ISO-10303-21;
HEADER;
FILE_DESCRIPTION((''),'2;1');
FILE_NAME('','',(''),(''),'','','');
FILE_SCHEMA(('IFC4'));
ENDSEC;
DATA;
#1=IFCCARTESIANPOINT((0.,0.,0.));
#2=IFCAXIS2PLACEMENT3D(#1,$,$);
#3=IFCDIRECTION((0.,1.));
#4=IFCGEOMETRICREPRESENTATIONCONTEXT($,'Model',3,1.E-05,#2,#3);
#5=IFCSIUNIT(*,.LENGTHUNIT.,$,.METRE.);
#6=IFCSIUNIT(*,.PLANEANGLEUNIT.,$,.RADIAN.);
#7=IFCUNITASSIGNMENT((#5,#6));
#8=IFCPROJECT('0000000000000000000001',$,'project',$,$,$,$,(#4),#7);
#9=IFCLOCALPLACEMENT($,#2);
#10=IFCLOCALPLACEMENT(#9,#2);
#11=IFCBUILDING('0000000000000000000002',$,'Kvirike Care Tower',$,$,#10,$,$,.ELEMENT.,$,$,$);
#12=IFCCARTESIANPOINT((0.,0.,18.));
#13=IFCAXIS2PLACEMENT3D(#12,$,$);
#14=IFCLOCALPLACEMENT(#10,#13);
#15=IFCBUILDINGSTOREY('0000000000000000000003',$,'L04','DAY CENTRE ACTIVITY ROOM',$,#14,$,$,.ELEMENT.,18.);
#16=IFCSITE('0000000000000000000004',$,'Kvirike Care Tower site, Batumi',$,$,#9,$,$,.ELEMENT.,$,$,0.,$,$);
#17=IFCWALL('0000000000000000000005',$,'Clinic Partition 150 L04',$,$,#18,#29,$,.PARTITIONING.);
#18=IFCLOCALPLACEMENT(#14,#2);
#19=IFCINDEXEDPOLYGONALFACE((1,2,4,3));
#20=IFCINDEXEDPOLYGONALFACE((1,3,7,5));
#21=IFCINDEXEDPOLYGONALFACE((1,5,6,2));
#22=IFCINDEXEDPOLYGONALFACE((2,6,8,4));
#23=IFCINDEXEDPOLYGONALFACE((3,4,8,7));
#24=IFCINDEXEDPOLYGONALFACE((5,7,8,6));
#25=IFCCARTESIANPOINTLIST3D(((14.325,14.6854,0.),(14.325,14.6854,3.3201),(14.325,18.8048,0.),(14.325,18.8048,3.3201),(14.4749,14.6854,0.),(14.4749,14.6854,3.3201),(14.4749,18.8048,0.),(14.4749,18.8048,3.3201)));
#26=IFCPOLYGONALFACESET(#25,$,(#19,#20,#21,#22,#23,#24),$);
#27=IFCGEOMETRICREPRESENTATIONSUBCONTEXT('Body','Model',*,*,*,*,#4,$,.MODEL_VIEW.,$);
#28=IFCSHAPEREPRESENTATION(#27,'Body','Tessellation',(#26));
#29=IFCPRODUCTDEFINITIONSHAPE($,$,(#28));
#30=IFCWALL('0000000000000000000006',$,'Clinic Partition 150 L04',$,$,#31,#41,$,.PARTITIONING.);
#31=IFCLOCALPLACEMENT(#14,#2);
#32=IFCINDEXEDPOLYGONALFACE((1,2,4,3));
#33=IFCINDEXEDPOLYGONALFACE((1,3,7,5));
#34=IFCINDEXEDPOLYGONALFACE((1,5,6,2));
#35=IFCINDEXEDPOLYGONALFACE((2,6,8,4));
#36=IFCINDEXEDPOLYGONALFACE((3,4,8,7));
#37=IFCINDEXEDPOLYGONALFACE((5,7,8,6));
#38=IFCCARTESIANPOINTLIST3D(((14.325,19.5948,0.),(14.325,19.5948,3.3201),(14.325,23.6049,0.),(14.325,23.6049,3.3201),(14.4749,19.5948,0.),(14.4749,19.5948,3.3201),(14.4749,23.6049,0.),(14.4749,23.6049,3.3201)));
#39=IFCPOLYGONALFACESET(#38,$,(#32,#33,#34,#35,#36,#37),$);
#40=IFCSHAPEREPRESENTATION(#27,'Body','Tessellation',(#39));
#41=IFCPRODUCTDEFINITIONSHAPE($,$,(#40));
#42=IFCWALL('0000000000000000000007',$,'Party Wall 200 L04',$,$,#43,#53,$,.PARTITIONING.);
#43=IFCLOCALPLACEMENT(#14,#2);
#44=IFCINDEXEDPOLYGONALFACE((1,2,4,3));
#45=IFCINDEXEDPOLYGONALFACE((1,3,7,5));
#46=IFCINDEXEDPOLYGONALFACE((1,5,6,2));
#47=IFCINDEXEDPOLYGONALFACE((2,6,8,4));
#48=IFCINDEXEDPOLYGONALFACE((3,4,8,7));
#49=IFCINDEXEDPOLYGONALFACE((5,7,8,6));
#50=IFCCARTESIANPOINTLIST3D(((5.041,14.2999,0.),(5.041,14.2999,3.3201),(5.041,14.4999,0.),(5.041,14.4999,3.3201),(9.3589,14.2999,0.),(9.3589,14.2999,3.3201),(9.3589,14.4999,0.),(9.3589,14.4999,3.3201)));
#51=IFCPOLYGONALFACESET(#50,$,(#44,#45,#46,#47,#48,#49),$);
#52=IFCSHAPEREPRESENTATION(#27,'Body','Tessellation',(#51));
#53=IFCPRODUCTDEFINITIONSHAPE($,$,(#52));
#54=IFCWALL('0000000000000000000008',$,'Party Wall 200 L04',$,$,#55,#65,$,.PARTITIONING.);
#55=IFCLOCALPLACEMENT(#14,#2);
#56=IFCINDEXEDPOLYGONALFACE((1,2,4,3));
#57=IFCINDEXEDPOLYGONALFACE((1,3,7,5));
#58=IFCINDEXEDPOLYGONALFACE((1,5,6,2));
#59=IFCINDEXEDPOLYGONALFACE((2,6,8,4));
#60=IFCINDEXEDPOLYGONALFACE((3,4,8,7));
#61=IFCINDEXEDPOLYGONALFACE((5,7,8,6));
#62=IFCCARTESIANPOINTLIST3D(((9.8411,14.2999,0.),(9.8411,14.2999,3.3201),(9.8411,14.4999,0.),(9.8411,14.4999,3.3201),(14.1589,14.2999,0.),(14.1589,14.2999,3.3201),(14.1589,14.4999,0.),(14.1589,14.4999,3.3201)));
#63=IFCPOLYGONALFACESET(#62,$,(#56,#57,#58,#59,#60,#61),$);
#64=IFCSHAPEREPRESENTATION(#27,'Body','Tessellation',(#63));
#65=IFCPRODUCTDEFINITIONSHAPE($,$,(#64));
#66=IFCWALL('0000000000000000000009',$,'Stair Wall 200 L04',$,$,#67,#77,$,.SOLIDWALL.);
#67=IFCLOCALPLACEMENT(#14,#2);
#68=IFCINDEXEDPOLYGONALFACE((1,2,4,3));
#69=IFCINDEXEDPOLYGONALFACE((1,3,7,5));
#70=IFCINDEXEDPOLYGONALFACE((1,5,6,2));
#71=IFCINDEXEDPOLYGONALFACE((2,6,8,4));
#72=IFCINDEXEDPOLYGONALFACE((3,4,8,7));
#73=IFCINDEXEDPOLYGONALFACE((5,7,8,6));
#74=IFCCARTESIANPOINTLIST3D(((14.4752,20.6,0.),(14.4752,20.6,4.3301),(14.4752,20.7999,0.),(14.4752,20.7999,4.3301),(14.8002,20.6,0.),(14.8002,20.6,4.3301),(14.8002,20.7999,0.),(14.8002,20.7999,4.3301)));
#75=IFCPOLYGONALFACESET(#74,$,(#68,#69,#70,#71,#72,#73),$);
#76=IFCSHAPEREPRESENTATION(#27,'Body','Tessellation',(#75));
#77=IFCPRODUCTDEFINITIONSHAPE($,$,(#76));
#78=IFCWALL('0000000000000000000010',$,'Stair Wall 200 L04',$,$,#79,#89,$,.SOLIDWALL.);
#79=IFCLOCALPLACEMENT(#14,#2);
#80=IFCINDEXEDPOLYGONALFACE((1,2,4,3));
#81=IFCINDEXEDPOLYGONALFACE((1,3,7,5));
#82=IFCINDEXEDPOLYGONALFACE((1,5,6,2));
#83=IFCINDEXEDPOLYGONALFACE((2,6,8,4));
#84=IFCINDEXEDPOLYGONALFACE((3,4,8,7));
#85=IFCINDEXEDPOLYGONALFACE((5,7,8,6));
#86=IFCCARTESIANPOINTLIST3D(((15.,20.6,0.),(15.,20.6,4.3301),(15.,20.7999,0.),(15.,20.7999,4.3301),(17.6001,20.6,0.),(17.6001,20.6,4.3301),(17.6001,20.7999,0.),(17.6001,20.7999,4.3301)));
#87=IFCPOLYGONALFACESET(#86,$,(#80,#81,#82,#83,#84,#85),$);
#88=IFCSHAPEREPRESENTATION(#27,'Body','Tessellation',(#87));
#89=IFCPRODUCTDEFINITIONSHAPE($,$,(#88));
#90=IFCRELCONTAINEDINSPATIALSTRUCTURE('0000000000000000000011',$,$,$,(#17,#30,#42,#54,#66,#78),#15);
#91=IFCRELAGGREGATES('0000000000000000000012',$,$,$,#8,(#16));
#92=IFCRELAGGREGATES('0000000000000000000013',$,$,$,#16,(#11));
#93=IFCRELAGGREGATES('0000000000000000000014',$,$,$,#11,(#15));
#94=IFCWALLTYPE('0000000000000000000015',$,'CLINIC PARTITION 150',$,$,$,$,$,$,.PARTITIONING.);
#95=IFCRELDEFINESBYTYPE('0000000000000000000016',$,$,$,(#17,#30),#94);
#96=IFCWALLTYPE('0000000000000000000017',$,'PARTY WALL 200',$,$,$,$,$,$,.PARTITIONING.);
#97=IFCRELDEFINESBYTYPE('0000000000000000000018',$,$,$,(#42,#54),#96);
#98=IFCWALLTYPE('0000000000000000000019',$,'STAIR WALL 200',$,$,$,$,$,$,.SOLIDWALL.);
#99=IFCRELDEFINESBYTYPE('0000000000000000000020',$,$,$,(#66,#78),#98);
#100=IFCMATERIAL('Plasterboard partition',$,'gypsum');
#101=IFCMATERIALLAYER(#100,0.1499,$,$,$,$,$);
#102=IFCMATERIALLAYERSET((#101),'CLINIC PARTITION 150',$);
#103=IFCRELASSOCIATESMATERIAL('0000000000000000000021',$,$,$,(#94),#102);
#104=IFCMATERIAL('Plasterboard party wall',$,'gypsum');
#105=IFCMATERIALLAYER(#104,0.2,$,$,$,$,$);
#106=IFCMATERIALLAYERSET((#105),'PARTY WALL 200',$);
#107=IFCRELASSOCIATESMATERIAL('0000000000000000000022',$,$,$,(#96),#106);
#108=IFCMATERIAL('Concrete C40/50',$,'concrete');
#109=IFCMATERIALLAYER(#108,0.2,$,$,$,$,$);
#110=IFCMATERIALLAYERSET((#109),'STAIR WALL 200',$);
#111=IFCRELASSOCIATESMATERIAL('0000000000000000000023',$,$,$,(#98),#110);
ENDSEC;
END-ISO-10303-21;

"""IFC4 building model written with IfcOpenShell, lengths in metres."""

from ifc_helpers import new_model, si_unit, direction, frame, frame_2d, origin, place, context, subcontext, project, spatial, rectangle, extrude, material, layer, layer_set, type_object, element, save


model = new_model("IFC4")

# Units and contexts
model_context = context("Model", 3, precision=1e-05, world=origin(), true_north=direction((0.0, 1.0)))
body_context = subcontext(model_context, "Body", "Model", "MODEL_VIEW")
ifc_project = project(units=[si_unit("LENGTHUNIT", "METRE"), si_unit("PLANEANGLEUNIT", "RADIAN")], contexts=[model_context])

# Site, building, storey
site_placement = place(None, origin())
site = spatial("IfcSite", under=ifc_project, at=site_placement, Name="Kvirike Care Tower site, Batumi", CompositionType="ELEMENT", RefElevation=0.0)
building_placement = place(site_placement, origin())
building = spatial("IfcBuilding", under=site, at=building_placement, Name="Kvirike Care Tower", CompositionType="ELEMENT")
storey_placement = place(building_placement, frame((0.0, 0.0, 18.0)))
storey = spatial("IfcBuildingStorey", under=building, at=storey_placement, Name="L04", Description="DAY CENTRE ACTIVITY ROOM", CompositionType="ELEMENT", Elevation=18.0)

# Walls
ifc_material_1 = material(Name="Plasterboard partition", Category="gypsum")
ifc_layer_1 = layer(ifc_material_1, 0.1499)
ifc_layer_set_1 = layer_set([ifc_layer_1], Name="CLINIC PARTITION 150")
wall_type_1 = type_object("IfcWallType", Name="CLINIC PARTITION 150", PredefinedType="PARTITIONING", material=ifc_layer_set_1)
wall_1_placement = place(storey_placement, frame((14.3999, 14.6855, 0.0), z_axis=(0.0, 0.0, 1.0), x_axis=(0.0, 1.0, 0.0)))
element("IfcWall", 1, at=wall_1_placement, inside=storey, type_object=wall_type_1, Name="Clinic Partition 150 L04", PredefinedType="PARTITIONING", context=body_context, shape_type="SweptSolid", body=[
    extrude(rectangle(XDim=4.1194, YDim=0.1499, at=frame_2d((2.0596, 0.0))), origin(), (0.0, 0.0, 1.0), 3.3201),
])
wall_2_placement = place(storey_placement, frame((14.3999, 19.595, 0.0), z_axis=(0.0, 0.0, 1.0), x_axis=(0.0, 1.0, 0.0)))
element("IfcWall", 2, at=wall_2_placement, inside=storey, type_object=wall_type_1, Name="Clinic Partition 150 L04", PredefinedType="PARTITIONING", context=body_context, shape_type="SweptSolid", body=[
    extrude(rectangle(XDim=4.01, YDim=0.1499, at=frame_2d((2.0049, 0.0))), origin(), (0.0, 0.0, 1.0), 3.3201),
])
ifc_material_2 = material(Name="Plasterboard party wall", Category="gypsum")
ifc_layer_2 = layer(ifc_material_2, 0.2)
ifc_layer_set_2 = layer_set([ifc_layer_2], Name="PARTY WALL 200")
wall_type_2 = type_object("IfcWallType", Name="PARTY WALL 200", PredefinedType="PARTITIONING", material=ifc_layer_set_2)
for number, where, z_axis, x_axis, name in (
    (3, (5.041, 14.3999, 0.0), (0.0, 0.0, 1.0), (1.0, 0.0, 0.0), "Party Wall 200 L04"),
    (4, (9.8411, 14.3999, 0.0), (0.0, 0.0, 1.0), (1.0, 0.0, 0.0), "Party Wall 200 L04"),
):
    element("IfcWall", number, at=place(storey_placement, frame(where, z_axis=z_axis, x_axis=x_axis)), inside=storey, type_object=wall_type_2, Name=name, PredefinedType="PARTITIONING", context=body_context, shape_type="SweptSolid", body=[
        extrude(rectangle(XDim=4.3179, YDim=0.2, at=frame_2d((2.1589, 0.0))), origin(), (0.0, 0.0, 1.0), 3.3201),
    ])
ifc_material_3 = material(Name="Concrete C40/50", Category="concrete")
ifc_layer_3 = layer(ifc_material_3, 0.2)
ifc_layer_set_3 = layer_set([ifc_layer_3], Name="STAIR WALL 200")
wall_type_3 = type_object("IfcWallType", Name="STAIR WALL 200", PredefinedType="SOLIDWALL", material=ifc_layer_set_3)
wall_3_placement = place(storey_placement, frame((14.4751, 20.7, 0.0), z_axis=(0.0, 0.0, 1.0), x_axis=(1.0, 0.0, 0.0)))
element("IfcWall", 5, at=wall_3_placement, inside=storey, type_object=wall_type_3, Name="Stair Wall 200 L04", PredefinedType="SOLIDWALL", context=body_context, shape_type="SweptSolid", body=[
    extrude(rectangle(XDim=0.325, YDim=0.2, at=frame_2d((0.1626, 0.0))), origin(), (0.0, 0.0, 1.0), 4.3301),
])
wall_4_placement = place(storey_placement, frame((15.0, 20.7, 0.0), z_axis=(0.0, 0.0, 1.0), x_axis=(1.0, 0.0, 0.0)))
element("IfcWall", 6, at=wall_4_placement, inside=storey, type_object=wall_type_3, Name="Stair Wall 200 L04", PredefinedType="SOLIDWALL", context=body_context, shape_type="SweptSolid", body=[
    extrude(rectangle(XDim=2.6001, YDim=0.2, at=frame_2d((1.3, 0.0))), origin(), (0.0, 0.0, 1.0), 4.3301),
])

save(model, "model.ifc")
